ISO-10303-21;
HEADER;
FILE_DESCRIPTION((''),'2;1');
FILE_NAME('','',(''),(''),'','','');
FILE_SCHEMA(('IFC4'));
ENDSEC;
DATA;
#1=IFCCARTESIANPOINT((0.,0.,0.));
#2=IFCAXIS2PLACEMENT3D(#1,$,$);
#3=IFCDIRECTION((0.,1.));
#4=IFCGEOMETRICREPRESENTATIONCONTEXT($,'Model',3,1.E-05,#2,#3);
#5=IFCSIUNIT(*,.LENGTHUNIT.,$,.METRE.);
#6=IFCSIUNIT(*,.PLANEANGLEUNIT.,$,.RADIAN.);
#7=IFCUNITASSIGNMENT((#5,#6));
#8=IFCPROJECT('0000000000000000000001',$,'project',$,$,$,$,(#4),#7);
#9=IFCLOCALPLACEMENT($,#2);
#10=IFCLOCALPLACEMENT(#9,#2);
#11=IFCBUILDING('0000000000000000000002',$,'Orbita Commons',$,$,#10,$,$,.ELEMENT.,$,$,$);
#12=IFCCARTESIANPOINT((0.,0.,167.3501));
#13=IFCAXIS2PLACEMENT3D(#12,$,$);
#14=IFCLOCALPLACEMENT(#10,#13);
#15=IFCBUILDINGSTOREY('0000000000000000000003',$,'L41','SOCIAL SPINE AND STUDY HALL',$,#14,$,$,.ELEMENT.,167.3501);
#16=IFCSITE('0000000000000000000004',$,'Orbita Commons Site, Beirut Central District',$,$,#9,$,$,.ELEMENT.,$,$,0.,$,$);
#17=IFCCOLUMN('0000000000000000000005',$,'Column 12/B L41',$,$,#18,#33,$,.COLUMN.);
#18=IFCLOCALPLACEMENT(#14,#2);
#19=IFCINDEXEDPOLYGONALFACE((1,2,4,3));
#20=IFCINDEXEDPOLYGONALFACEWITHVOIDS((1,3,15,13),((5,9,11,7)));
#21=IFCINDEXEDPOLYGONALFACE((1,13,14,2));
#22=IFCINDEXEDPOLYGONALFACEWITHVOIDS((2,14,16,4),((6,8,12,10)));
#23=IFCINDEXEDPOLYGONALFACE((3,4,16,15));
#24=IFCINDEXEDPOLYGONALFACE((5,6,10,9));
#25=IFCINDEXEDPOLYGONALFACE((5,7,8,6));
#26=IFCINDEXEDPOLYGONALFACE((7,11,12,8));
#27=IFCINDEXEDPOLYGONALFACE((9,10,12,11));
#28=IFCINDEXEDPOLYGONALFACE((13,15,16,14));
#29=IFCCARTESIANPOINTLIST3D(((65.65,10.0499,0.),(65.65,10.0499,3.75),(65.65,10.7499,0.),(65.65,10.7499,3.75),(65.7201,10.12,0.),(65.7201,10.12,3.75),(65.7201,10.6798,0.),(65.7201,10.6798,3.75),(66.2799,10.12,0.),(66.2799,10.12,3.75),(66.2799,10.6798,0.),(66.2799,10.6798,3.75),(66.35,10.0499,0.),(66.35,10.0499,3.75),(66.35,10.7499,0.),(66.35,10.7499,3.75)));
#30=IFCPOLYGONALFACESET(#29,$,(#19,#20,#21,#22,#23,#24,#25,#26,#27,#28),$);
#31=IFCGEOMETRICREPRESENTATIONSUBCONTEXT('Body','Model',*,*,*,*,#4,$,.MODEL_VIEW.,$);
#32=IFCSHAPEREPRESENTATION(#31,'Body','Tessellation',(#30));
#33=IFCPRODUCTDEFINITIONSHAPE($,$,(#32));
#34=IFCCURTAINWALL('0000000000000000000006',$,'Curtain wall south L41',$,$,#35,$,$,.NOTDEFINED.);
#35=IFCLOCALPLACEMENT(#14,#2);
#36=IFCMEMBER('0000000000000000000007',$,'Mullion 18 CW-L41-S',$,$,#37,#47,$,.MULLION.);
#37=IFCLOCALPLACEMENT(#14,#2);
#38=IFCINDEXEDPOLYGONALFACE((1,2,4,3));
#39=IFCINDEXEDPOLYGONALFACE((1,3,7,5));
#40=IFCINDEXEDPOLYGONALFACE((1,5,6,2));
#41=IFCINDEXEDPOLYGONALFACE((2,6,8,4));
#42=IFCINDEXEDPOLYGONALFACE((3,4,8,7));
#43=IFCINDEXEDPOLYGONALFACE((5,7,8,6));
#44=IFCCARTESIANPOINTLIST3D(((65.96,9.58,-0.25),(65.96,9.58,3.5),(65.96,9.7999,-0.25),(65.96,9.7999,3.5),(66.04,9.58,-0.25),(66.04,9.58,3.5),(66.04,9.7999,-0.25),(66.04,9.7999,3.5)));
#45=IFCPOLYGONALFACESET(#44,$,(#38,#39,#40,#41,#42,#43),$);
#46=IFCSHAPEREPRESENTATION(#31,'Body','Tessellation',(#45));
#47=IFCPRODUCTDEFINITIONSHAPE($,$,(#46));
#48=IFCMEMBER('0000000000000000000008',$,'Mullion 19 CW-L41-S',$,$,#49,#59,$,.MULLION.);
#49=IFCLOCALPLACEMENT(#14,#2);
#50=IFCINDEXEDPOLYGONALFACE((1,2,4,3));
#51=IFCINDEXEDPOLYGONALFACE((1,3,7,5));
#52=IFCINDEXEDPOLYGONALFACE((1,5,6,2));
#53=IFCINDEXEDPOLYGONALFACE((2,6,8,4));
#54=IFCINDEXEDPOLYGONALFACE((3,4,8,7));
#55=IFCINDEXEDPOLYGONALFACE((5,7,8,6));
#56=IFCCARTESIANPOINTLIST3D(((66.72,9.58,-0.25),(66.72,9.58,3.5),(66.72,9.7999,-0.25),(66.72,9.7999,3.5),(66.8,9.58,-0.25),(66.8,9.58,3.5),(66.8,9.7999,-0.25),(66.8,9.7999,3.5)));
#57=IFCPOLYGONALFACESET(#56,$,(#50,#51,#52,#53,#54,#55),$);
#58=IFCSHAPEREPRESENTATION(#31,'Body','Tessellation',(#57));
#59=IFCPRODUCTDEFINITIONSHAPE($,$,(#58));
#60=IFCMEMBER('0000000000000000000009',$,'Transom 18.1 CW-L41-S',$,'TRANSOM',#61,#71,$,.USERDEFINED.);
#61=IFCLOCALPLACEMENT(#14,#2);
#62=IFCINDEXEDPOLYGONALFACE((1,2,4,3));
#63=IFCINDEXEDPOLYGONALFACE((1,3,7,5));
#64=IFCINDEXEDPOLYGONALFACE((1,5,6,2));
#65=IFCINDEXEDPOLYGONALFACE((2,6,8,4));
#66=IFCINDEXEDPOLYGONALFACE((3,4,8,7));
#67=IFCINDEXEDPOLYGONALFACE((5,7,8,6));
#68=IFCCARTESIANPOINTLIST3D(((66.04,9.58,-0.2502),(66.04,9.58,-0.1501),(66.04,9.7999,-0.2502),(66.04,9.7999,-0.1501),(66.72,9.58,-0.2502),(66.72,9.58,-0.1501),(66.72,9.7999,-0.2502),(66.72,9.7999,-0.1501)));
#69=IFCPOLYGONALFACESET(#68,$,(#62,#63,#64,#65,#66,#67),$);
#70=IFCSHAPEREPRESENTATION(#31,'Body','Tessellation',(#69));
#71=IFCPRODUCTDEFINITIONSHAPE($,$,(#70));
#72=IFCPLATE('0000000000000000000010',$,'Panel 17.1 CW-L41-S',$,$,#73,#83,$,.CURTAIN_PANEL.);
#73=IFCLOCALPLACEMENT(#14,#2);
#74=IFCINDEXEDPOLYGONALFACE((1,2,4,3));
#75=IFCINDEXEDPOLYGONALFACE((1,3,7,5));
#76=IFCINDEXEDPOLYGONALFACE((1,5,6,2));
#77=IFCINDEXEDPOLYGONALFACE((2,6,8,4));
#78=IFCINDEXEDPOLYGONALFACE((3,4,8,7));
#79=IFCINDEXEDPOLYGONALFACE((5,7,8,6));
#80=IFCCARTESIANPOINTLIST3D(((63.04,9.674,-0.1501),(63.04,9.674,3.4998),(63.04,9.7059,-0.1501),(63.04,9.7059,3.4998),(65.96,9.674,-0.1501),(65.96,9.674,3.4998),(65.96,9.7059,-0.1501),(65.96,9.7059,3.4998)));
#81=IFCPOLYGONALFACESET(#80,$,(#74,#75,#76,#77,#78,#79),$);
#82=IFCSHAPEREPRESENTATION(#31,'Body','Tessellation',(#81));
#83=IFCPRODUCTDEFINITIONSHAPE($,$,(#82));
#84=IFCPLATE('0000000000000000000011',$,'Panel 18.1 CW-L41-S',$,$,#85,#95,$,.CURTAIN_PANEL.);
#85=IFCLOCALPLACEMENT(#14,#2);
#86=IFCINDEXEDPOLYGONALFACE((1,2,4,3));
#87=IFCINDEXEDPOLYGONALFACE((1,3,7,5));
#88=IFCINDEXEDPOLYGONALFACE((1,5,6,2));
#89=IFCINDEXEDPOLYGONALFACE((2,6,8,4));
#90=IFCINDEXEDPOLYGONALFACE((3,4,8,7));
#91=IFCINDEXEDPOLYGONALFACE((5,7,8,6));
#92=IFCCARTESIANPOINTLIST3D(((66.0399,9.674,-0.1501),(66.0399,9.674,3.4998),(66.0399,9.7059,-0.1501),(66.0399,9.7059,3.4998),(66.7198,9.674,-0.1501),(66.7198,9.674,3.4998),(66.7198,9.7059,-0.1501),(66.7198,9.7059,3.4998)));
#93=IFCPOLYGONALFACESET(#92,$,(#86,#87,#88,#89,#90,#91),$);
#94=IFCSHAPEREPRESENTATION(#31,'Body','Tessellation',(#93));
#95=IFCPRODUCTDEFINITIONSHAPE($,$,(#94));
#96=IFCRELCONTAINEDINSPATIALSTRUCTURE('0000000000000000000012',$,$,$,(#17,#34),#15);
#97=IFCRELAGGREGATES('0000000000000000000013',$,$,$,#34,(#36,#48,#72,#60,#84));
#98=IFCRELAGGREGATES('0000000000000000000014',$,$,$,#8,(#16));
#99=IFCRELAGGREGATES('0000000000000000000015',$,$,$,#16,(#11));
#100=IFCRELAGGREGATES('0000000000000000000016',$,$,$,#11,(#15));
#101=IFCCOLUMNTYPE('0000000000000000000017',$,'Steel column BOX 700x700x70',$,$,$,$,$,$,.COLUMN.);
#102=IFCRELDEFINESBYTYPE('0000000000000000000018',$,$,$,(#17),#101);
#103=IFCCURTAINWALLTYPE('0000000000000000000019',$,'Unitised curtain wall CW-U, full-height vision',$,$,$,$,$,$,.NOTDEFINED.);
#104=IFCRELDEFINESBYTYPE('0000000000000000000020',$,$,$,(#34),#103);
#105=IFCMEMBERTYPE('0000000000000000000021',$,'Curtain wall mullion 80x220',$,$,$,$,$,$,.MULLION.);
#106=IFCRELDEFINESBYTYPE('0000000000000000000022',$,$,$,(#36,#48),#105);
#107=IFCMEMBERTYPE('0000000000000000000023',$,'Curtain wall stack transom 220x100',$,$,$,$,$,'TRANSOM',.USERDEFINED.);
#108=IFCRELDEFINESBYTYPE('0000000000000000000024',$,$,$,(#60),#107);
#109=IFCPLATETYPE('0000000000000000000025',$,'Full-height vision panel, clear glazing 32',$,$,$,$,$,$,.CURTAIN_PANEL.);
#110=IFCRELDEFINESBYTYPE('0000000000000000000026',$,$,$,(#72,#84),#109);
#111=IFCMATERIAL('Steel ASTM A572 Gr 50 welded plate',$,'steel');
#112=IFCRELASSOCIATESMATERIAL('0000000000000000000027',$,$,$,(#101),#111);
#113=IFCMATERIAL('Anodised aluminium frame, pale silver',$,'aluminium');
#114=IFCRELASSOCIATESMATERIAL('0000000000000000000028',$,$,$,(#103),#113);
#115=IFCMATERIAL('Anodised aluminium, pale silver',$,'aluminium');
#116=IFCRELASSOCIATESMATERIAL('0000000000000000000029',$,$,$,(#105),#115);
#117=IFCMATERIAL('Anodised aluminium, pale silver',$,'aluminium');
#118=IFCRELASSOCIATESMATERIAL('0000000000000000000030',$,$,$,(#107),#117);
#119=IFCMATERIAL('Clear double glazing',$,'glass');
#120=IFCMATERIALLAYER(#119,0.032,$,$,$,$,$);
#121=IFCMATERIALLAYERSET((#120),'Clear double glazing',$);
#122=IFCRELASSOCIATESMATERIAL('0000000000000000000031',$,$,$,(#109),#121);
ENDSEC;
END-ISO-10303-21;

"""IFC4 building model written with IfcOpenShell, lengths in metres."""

from ifc_helpers import new_model, si_unit, direction, frame, origin, origin_2d, place, context, subcontext, project, spatial, rectangle, hollow_rectangle, extrude, material, layer, layer_set, material_profile, profile_set, type_object, element, aggregate, save


model = new_model("IFC4")

# Units and contexts
model_context = context("Model", 3, precision=1e-05, world=origin(), true_north=direction((0.0, 1.0)))
body_context = subcontext(model_context, "Body", "Model", "MODEL_VIEW")
ifc_project = project(units=[si_unit("LENGTHUNIT", "METRE"), si_unit("PLANEANGLEUNIT", "RADIAN")], contexts=[model_context])

# Site, building, storey
site_placement = place(None, origin())
site = spatial("IfcSite", under=ifc_project, at=site_placement, Name="Orbita Commons Site, Beirut Central District", CompositionType="ELEMENT", RefElevation=0.0)
building_placement = place(site_placement, origin())
building = spatial("IfcBuilding", under=site, at=building_placement, Name="Orbita Commons", CompositionType="ELEMENT")
storey_placement = place(building_placement, frame((0.0, 0.0, 167.3501)))
storey = spatial("IfcBuildingStorey", under=building, at=storey_placement, Name="L41", Description="SOCIAL SPINE AND STUDY HALL", CompositionType="ELEMENT", Elevation=167.3501)

# Column
ifc_material_1 = material(Name="Steel ASTM A572 Gr 50 welded plate", Category="steel")
ifc_material_profile_1 = material_profile(ifc_material_1, hollow_rectangle(XDim=0.7, YDim=0.7, WallThickness=0.0701, at=origin_2d()), Name="BOX 700x700x70")
ifc_profile_set_1 = profile_set([ifc_material_profile_1], Name="Steel ASTM A572 Gr 50 welded plate")
column_type = type_object("IfcColumnType", Name="Steel column BOX 700x700x70", PredefinedType="COLUMN", material=ifc_profile_set_1)
column_placement = place(storey_placement, frame((66.0, 10.3999, 0.0), z_axis=(0.0, 0.0, 1.0), x_axis=(1.0, 0.0, 0.0)))
element("IfcColumn", 1, at=column_placement, inside=storey, type_object=column_type, Name="Column 12/B L41", PredefinedType="COLUMN", context=body_context, shape_type="SweptSolid", body=[
    extrude(hollow_rectangle(XDim=0.7, YDim=0.7, WallThickness=0.0701, at=origin_2d()), origin(), (0.0, 0.0, 1.0), 3.75),
])

# Curtain wall, members, plates
ifc_material_2 = material(Name="Anodised aluminium frame, pale silver", Category="aluminium")
curtain_wall_type = type_object("IfcCurtainWallType", Name="Unitised curtain wall CW-U, full-height vision", PredefinedType="NOTDEFINED", material=ifc_material_2)
curtain_wall_placement = place(storey_placement, origin())
curtain_wall = element("IfcCurtainWall", 2, at=curtain_wall_placement, inside=storey, type_object=curtain_wall_type, Name="Curtain wall south L41", PredefinedType="NOTDEFINED")
ifc_material_3 = material(Name="Anodised aluminium, pale silver", Category="aluminium")
ifc_material_profile_2 = material_profile(ifc_material_3, rectangle(XDim=0.0801, YDim=0.22, at=origin_2d()), Name="AL 80x220")
ifc_profile_set_2 = profile_set([ifc_material_profile_2], Name="Anodised aluminium, pale silver")
member_type_1 = type_object("IfcMemberType", Name="Curtain wall mullion 80x220", PredefinedType="MULLION", material=ifc_profile_set_2)
member_1_placement = place(storey_placement, frame((66.0, 9.6899, -0.25), z_axis=(0.0, 0.0, 1.0), x_axis=(1.0, 0.0, 0.0)))
member_1 = element("IfcMember", 3, at=member_1_placement, type_object=member_type_1, Name="Mullion 18 CW-L41-S", PredefinedType="MULLION", context=body_context, shape_type="SweptSolid", body=[
    extrude(rectangle(XDim=0.0801, YDim=0.22, at=origin_2d()), origin(), (0.0, 0.0, 1.0), 3.75),
])
member_2_placement = place(storey_placement, frame((66.76, 9.6899, -0.25), z_axis=(0.0, 0.0, 1.0), x_axis=(1.0, 0.0, 0.0)))
member_2 = element("IfcMember", 4, at=member_2_placement, type_object=member_type_1, Name="Mullion 19 CW-L41-S", PredefinedType="MULLION", context=body_context, shape_type="SweptSolid", body=[
    extrude(rectangle(XDim=0.0801, YDim=0.22, at=origin_2d()), origin(), (0.0, 0.0, 1.0), 3.75),
])
ifc_material_4 = material(Name="Anodised aluminium, pale silver", Category="aluminium")
ifc_material_profile_3 = material_profile(ifc_material_4, rectangle(XDim=0.22, YDim=0.1001, at=origin_2d()), Name="AL 220x100")
ifc_profile_set_3 = profile_set([ifc_material_profile_3], Name="Anodised aluminium, pale silver")
member_type_2 = type_object("IfcMemberType", Name="Curtain wall stack transom 220x100", ElementType="TRANSOM", PredefinedType="USERDEFINED", material=ifc_profile_set_3)
member_3_placement = place(storey_placement, frame((66.04, 9.6899, -0.2002), z_axis=(1.0, 0.0, 0.0), x_axis=(0.0, 1.0, 0.0)))
member_3 = element("IfcMember", 5, at=member_3_placement, type_object=member_type_2, Name="Transom 18.1 CW-L41-S", ObjectType="TRANSOM", PredefinedType="USERDEFINED", context=body_context, shape_type="SweptSolid", body=[
    extrude(rectangle(XDim=0.22, YDim=0.1001, at=origin_2d()), origin(), (0.0, 0.0, 1.0), 0.6799),
])
ifc_material_5 = material(Name="Clear double glazing", Category="glass")
ifc_layer_1 = layer(ifc_material_5, 0.032)
ifc_layer_set_1 = layer_set([ifc_layer_1], Name="Clear double glazing")
plate_type = type_object("IfcPlateType", Name="Full-height vision panel, clear glazing 32", PredefinedType="CURTAIN_PANEL", material=ifc_layer_set_1)
plate_1_placement = place(storey_placement, frame((64.5, 9.6899, -0.1501), z_axis=(0.0, 0.0, 1.0), x_axis=(1.0, 0.0, 0.0)))
plate_1 = element("IfcPlate", 6, at=plate_1_placement, type_object=plate_type, Name="Panel 17.1 CW-L41-S", PredefinedType="CURTAIN_PANEL", context=body_context, shape_type="SweptSolid", body=[
    extrude(rectangle(XDim=2.9199, YDim=0.032, at=origin_2d()), origin(), (0.0, 0.0, 1.0), 3.6499),
])
plate_2_placement = place(storey_placement, frame((66.3799, 9.6899, -0.1501), z_axis=(0.0, 0.0, 1.0), x_axis=(1.0, 0.0, 0.0)))
plate_2 = element("IfcPlate", 7, at=plate_2_placement, type_object=plate_type, Name="Panel 18.1 CW-L41-S", PredefinedType="CURTAIN_PANEL", context=body_context, shape_type="SweptSolid", body=[
    extrude(rectangle(XDim=0.6799, YDim=0.032, at=origin_2d()), origin(), (0.0, 0.0, 1.0), 3.6499),
])
aggregate(curtain_wall, [member_1, member_2, plate_1, member_3, plate_2])

save(model, "model.ifc")
